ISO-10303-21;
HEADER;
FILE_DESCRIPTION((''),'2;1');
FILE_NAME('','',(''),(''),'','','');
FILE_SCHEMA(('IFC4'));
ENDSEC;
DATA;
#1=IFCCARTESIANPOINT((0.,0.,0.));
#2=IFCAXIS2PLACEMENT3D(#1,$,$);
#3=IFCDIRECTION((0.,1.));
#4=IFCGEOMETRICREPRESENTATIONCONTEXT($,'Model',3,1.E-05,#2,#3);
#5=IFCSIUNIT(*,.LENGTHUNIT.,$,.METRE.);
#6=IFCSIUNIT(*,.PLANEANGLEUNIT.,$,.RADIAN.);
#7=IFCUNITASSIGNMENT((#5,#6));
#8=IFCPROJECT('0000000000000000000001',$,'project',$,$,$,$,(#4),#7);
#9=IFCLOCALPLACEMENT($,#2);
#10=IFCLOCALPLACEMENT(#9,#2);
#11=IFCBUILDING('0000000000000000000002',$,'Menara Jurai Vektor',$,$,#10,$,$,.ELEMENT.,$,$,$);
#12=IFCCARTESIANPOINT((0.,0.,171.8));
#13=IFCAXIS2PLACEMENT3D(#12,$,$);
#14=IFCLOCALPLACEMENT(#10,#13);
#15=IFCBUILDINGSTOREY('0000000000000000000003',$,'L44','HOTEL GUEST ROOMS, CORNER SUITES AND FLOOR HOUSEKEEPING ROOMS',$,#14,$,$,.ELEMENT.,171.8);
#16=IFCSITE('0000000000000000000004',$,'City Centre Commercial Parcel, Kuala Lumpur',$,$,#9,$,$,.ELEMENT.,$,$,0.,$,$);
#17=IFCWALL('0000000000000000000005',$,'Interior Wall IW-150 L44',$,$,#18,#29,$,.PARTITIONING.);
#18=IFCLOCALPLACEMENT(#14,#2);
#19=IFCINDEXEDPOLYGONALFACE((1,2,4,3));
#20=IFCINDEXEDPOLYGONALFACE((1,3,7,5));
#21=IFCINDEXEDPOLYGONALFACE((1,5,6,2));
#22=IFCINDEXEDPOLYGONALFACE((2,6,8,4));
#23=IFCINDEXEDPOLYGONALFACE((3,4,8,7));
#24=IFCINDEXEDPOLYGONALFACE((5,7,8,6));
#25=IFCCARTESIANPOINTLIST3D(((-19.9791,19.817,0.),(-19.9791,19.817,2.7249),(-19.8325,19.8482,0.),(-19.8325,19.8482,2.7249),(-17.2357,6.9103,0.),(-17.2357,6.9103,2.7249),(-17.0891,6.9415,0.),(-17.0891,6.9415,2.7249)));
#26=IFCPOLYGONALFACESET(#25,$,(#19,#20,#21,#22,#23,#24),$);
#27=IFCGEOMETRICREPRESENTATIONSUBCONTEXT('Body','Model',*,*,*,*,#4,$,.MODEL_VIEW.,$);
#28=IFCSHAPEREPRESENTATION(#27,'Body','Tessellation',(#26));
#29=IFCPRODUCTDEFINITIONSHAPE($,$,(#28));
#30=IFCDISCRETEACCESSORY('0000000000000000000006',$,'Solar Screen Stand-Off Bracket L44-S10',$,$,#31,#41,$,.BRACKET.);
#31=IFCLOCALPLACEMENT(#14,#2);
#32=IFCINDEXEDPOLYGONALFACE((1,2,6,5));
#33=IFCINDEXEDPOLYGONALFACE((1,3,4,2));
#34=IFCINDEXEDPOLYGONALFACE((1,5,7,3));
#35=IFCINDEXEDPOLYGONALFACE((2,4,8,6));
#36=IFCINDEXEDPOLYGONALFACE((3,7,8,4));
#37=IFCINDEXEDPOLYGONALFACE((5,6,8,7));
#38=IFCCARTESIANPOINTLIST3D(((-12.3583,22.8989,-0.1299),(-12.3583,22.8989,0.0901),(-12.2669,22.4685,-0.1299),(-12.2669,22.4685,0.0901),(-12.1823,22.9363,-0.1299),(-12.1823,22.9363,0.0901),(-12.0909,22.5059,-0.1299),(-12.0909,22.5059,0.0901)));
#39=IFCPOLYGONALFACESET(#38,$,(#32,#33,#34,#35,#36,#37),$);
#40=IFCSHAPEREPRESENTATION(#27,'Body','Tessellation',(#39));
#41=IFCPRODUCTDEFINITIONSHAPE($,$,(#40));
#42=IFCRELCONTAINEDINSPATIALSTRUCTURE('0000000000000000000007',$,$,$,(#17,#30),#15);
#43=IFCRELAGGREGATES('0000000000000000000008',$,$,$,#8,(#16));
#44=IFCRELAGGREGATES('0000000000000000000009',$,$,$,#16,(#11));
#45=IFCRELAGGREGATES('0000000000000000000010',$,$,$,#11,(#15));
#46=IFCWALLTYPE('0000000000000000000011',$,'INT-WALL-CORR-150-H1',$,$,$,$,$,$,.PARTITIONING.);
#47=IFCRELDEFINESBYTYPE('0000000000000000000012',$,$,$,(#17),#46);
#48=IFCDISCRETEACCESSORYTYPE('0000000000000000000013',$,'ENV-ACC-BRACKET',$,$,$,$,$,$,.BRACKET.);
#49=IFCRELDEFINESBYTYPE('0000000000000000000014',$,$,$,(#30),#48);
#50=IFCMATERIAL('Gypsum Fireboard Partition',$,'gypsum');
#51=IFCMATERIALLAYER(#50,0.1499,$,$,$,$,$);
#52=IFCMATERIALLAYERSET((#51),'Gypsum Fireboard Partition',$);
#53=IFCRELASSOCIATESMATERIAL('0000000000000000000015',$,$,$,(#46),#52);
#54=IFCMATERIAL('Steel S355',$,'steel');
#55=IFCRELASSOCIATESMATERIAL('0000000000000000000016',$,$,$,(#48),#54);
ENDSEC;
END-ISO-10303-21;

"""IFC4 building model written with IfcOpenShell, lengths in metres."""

from ifc_helpers import new_model, si_unit, direction, frame, frame_2d, origin, origin_2d, place, context, subcontext, project, spatial, rectangle, extrude, material, layer, layer_set, type_object, element, save


model = new_model("IFC4")

# Units and contexts
model_context = context("Model", 3, precision=1e-05, world=origin(), true_north=direction((0.0, 1.0)))
body_context = subcontext(model_context, "Body", "Model", "MODEL_VIEW")
ifc_project = project(units=[si_unit("LENGTHUNIT", "METRE"), si_unit("PLANEANGLEUNIT", "RADIAN")], contexts=[model_context])

# Site, building, storey
site_placement = place(None, origin())
site = spatial("IfcSite", under=ifc_project, at=site_placement, Name="City Centre Commercial Parcel, Kuala Lumpur", CompositionType="ELEMENT", RefElevation=0.0)
building_placement = place(site_placement, origin())
building = spatial("IfcBuilding", under=site, at=building_placement, Name="Menara Jurai Vektor", CompositionType="ELEMENT")
storey_placement = place(building_placement, frame((0.0, 0.0, 171.8)))
storey = spatial("IfcBuildingStorey", under=building, at=storey_placement, Name="L44", Description="HOTEL GUEST ROOMS, CORNER SUITES AND FLOOR HOUSEKEEPING ROOMS", CompositionType="ELEMENT", Elevation=171.8)

# Shared definitions
ifc_material_1 = material(Name="Steel S355", Category="steel")

# Shared definitions
ifc_material_2 = material(Name="Gypsum Fireboard Partition", Category="gypsum")

# Wall
ifc_layer_1 = layer(ifc_material_2, 0.1499)
ifc_layer_set_1 = layer_set([ifc_layer_1], Name="Gypsum Fireboard Partition")
wall_type_1 = type_object("IfcWallType", Name="INT-WALL-CORR-150-H1", PredefinedType="PARTITIONING", material=ifc_layer_set_1)
wall_1_placement = place(storey_placement, frame((-17.1624, 6.9258, 0.0), z_axis=(0.0, 0.0, 1.0), x_axis=(-0.207911, 0.978148, 0.0)))
element("IfcWall", 1, at=wall_1_placement, inside=storey, type_object=wall_type_1, Name="Interior Wall IW-150 L44", PredefinedType="PARTITIONING", context=body_context, shape_type="SweptSolid", body=[
    extrude(rectangle(XDim=13.1951, YDim=0.1499, at=frame_2d((6.5977, 0.0))), origin(), (0.0, 0.0, 1.0), 2.7249),
])

# Discrete accessory
discrete_accessory_type = type_object("IfcDiscreteAccessoryType", Name="ENV-ACC-BRACKET", PredefinedType="BRACKET", material=ifc_material_1)
discrete_accessory_placement = place(storey_placement, frame((-12.2246, 22.7024, -0.1299), z_axis=(0.0, 0.0, 1.0), x_axis=(-0.978148, -0.207912, 0.0)))
element("IfcDiscreteAccessory", 2, at=discrete_accessory_placement, inside=storey, type_object=discrete_accessory_type, Name="Solar Screen Stand-Off Bracket L44-S10", PredefinedType="BRACKET", context=body_context, shape_type="SweptSolid", body=[
    extrude(rectangle(XDim=0.1799, YDim=0.4399, at=origin_2d()), origin(), (0.0, 0.0, 1.0), 0.22),
])

save(model, "model.ifc")
